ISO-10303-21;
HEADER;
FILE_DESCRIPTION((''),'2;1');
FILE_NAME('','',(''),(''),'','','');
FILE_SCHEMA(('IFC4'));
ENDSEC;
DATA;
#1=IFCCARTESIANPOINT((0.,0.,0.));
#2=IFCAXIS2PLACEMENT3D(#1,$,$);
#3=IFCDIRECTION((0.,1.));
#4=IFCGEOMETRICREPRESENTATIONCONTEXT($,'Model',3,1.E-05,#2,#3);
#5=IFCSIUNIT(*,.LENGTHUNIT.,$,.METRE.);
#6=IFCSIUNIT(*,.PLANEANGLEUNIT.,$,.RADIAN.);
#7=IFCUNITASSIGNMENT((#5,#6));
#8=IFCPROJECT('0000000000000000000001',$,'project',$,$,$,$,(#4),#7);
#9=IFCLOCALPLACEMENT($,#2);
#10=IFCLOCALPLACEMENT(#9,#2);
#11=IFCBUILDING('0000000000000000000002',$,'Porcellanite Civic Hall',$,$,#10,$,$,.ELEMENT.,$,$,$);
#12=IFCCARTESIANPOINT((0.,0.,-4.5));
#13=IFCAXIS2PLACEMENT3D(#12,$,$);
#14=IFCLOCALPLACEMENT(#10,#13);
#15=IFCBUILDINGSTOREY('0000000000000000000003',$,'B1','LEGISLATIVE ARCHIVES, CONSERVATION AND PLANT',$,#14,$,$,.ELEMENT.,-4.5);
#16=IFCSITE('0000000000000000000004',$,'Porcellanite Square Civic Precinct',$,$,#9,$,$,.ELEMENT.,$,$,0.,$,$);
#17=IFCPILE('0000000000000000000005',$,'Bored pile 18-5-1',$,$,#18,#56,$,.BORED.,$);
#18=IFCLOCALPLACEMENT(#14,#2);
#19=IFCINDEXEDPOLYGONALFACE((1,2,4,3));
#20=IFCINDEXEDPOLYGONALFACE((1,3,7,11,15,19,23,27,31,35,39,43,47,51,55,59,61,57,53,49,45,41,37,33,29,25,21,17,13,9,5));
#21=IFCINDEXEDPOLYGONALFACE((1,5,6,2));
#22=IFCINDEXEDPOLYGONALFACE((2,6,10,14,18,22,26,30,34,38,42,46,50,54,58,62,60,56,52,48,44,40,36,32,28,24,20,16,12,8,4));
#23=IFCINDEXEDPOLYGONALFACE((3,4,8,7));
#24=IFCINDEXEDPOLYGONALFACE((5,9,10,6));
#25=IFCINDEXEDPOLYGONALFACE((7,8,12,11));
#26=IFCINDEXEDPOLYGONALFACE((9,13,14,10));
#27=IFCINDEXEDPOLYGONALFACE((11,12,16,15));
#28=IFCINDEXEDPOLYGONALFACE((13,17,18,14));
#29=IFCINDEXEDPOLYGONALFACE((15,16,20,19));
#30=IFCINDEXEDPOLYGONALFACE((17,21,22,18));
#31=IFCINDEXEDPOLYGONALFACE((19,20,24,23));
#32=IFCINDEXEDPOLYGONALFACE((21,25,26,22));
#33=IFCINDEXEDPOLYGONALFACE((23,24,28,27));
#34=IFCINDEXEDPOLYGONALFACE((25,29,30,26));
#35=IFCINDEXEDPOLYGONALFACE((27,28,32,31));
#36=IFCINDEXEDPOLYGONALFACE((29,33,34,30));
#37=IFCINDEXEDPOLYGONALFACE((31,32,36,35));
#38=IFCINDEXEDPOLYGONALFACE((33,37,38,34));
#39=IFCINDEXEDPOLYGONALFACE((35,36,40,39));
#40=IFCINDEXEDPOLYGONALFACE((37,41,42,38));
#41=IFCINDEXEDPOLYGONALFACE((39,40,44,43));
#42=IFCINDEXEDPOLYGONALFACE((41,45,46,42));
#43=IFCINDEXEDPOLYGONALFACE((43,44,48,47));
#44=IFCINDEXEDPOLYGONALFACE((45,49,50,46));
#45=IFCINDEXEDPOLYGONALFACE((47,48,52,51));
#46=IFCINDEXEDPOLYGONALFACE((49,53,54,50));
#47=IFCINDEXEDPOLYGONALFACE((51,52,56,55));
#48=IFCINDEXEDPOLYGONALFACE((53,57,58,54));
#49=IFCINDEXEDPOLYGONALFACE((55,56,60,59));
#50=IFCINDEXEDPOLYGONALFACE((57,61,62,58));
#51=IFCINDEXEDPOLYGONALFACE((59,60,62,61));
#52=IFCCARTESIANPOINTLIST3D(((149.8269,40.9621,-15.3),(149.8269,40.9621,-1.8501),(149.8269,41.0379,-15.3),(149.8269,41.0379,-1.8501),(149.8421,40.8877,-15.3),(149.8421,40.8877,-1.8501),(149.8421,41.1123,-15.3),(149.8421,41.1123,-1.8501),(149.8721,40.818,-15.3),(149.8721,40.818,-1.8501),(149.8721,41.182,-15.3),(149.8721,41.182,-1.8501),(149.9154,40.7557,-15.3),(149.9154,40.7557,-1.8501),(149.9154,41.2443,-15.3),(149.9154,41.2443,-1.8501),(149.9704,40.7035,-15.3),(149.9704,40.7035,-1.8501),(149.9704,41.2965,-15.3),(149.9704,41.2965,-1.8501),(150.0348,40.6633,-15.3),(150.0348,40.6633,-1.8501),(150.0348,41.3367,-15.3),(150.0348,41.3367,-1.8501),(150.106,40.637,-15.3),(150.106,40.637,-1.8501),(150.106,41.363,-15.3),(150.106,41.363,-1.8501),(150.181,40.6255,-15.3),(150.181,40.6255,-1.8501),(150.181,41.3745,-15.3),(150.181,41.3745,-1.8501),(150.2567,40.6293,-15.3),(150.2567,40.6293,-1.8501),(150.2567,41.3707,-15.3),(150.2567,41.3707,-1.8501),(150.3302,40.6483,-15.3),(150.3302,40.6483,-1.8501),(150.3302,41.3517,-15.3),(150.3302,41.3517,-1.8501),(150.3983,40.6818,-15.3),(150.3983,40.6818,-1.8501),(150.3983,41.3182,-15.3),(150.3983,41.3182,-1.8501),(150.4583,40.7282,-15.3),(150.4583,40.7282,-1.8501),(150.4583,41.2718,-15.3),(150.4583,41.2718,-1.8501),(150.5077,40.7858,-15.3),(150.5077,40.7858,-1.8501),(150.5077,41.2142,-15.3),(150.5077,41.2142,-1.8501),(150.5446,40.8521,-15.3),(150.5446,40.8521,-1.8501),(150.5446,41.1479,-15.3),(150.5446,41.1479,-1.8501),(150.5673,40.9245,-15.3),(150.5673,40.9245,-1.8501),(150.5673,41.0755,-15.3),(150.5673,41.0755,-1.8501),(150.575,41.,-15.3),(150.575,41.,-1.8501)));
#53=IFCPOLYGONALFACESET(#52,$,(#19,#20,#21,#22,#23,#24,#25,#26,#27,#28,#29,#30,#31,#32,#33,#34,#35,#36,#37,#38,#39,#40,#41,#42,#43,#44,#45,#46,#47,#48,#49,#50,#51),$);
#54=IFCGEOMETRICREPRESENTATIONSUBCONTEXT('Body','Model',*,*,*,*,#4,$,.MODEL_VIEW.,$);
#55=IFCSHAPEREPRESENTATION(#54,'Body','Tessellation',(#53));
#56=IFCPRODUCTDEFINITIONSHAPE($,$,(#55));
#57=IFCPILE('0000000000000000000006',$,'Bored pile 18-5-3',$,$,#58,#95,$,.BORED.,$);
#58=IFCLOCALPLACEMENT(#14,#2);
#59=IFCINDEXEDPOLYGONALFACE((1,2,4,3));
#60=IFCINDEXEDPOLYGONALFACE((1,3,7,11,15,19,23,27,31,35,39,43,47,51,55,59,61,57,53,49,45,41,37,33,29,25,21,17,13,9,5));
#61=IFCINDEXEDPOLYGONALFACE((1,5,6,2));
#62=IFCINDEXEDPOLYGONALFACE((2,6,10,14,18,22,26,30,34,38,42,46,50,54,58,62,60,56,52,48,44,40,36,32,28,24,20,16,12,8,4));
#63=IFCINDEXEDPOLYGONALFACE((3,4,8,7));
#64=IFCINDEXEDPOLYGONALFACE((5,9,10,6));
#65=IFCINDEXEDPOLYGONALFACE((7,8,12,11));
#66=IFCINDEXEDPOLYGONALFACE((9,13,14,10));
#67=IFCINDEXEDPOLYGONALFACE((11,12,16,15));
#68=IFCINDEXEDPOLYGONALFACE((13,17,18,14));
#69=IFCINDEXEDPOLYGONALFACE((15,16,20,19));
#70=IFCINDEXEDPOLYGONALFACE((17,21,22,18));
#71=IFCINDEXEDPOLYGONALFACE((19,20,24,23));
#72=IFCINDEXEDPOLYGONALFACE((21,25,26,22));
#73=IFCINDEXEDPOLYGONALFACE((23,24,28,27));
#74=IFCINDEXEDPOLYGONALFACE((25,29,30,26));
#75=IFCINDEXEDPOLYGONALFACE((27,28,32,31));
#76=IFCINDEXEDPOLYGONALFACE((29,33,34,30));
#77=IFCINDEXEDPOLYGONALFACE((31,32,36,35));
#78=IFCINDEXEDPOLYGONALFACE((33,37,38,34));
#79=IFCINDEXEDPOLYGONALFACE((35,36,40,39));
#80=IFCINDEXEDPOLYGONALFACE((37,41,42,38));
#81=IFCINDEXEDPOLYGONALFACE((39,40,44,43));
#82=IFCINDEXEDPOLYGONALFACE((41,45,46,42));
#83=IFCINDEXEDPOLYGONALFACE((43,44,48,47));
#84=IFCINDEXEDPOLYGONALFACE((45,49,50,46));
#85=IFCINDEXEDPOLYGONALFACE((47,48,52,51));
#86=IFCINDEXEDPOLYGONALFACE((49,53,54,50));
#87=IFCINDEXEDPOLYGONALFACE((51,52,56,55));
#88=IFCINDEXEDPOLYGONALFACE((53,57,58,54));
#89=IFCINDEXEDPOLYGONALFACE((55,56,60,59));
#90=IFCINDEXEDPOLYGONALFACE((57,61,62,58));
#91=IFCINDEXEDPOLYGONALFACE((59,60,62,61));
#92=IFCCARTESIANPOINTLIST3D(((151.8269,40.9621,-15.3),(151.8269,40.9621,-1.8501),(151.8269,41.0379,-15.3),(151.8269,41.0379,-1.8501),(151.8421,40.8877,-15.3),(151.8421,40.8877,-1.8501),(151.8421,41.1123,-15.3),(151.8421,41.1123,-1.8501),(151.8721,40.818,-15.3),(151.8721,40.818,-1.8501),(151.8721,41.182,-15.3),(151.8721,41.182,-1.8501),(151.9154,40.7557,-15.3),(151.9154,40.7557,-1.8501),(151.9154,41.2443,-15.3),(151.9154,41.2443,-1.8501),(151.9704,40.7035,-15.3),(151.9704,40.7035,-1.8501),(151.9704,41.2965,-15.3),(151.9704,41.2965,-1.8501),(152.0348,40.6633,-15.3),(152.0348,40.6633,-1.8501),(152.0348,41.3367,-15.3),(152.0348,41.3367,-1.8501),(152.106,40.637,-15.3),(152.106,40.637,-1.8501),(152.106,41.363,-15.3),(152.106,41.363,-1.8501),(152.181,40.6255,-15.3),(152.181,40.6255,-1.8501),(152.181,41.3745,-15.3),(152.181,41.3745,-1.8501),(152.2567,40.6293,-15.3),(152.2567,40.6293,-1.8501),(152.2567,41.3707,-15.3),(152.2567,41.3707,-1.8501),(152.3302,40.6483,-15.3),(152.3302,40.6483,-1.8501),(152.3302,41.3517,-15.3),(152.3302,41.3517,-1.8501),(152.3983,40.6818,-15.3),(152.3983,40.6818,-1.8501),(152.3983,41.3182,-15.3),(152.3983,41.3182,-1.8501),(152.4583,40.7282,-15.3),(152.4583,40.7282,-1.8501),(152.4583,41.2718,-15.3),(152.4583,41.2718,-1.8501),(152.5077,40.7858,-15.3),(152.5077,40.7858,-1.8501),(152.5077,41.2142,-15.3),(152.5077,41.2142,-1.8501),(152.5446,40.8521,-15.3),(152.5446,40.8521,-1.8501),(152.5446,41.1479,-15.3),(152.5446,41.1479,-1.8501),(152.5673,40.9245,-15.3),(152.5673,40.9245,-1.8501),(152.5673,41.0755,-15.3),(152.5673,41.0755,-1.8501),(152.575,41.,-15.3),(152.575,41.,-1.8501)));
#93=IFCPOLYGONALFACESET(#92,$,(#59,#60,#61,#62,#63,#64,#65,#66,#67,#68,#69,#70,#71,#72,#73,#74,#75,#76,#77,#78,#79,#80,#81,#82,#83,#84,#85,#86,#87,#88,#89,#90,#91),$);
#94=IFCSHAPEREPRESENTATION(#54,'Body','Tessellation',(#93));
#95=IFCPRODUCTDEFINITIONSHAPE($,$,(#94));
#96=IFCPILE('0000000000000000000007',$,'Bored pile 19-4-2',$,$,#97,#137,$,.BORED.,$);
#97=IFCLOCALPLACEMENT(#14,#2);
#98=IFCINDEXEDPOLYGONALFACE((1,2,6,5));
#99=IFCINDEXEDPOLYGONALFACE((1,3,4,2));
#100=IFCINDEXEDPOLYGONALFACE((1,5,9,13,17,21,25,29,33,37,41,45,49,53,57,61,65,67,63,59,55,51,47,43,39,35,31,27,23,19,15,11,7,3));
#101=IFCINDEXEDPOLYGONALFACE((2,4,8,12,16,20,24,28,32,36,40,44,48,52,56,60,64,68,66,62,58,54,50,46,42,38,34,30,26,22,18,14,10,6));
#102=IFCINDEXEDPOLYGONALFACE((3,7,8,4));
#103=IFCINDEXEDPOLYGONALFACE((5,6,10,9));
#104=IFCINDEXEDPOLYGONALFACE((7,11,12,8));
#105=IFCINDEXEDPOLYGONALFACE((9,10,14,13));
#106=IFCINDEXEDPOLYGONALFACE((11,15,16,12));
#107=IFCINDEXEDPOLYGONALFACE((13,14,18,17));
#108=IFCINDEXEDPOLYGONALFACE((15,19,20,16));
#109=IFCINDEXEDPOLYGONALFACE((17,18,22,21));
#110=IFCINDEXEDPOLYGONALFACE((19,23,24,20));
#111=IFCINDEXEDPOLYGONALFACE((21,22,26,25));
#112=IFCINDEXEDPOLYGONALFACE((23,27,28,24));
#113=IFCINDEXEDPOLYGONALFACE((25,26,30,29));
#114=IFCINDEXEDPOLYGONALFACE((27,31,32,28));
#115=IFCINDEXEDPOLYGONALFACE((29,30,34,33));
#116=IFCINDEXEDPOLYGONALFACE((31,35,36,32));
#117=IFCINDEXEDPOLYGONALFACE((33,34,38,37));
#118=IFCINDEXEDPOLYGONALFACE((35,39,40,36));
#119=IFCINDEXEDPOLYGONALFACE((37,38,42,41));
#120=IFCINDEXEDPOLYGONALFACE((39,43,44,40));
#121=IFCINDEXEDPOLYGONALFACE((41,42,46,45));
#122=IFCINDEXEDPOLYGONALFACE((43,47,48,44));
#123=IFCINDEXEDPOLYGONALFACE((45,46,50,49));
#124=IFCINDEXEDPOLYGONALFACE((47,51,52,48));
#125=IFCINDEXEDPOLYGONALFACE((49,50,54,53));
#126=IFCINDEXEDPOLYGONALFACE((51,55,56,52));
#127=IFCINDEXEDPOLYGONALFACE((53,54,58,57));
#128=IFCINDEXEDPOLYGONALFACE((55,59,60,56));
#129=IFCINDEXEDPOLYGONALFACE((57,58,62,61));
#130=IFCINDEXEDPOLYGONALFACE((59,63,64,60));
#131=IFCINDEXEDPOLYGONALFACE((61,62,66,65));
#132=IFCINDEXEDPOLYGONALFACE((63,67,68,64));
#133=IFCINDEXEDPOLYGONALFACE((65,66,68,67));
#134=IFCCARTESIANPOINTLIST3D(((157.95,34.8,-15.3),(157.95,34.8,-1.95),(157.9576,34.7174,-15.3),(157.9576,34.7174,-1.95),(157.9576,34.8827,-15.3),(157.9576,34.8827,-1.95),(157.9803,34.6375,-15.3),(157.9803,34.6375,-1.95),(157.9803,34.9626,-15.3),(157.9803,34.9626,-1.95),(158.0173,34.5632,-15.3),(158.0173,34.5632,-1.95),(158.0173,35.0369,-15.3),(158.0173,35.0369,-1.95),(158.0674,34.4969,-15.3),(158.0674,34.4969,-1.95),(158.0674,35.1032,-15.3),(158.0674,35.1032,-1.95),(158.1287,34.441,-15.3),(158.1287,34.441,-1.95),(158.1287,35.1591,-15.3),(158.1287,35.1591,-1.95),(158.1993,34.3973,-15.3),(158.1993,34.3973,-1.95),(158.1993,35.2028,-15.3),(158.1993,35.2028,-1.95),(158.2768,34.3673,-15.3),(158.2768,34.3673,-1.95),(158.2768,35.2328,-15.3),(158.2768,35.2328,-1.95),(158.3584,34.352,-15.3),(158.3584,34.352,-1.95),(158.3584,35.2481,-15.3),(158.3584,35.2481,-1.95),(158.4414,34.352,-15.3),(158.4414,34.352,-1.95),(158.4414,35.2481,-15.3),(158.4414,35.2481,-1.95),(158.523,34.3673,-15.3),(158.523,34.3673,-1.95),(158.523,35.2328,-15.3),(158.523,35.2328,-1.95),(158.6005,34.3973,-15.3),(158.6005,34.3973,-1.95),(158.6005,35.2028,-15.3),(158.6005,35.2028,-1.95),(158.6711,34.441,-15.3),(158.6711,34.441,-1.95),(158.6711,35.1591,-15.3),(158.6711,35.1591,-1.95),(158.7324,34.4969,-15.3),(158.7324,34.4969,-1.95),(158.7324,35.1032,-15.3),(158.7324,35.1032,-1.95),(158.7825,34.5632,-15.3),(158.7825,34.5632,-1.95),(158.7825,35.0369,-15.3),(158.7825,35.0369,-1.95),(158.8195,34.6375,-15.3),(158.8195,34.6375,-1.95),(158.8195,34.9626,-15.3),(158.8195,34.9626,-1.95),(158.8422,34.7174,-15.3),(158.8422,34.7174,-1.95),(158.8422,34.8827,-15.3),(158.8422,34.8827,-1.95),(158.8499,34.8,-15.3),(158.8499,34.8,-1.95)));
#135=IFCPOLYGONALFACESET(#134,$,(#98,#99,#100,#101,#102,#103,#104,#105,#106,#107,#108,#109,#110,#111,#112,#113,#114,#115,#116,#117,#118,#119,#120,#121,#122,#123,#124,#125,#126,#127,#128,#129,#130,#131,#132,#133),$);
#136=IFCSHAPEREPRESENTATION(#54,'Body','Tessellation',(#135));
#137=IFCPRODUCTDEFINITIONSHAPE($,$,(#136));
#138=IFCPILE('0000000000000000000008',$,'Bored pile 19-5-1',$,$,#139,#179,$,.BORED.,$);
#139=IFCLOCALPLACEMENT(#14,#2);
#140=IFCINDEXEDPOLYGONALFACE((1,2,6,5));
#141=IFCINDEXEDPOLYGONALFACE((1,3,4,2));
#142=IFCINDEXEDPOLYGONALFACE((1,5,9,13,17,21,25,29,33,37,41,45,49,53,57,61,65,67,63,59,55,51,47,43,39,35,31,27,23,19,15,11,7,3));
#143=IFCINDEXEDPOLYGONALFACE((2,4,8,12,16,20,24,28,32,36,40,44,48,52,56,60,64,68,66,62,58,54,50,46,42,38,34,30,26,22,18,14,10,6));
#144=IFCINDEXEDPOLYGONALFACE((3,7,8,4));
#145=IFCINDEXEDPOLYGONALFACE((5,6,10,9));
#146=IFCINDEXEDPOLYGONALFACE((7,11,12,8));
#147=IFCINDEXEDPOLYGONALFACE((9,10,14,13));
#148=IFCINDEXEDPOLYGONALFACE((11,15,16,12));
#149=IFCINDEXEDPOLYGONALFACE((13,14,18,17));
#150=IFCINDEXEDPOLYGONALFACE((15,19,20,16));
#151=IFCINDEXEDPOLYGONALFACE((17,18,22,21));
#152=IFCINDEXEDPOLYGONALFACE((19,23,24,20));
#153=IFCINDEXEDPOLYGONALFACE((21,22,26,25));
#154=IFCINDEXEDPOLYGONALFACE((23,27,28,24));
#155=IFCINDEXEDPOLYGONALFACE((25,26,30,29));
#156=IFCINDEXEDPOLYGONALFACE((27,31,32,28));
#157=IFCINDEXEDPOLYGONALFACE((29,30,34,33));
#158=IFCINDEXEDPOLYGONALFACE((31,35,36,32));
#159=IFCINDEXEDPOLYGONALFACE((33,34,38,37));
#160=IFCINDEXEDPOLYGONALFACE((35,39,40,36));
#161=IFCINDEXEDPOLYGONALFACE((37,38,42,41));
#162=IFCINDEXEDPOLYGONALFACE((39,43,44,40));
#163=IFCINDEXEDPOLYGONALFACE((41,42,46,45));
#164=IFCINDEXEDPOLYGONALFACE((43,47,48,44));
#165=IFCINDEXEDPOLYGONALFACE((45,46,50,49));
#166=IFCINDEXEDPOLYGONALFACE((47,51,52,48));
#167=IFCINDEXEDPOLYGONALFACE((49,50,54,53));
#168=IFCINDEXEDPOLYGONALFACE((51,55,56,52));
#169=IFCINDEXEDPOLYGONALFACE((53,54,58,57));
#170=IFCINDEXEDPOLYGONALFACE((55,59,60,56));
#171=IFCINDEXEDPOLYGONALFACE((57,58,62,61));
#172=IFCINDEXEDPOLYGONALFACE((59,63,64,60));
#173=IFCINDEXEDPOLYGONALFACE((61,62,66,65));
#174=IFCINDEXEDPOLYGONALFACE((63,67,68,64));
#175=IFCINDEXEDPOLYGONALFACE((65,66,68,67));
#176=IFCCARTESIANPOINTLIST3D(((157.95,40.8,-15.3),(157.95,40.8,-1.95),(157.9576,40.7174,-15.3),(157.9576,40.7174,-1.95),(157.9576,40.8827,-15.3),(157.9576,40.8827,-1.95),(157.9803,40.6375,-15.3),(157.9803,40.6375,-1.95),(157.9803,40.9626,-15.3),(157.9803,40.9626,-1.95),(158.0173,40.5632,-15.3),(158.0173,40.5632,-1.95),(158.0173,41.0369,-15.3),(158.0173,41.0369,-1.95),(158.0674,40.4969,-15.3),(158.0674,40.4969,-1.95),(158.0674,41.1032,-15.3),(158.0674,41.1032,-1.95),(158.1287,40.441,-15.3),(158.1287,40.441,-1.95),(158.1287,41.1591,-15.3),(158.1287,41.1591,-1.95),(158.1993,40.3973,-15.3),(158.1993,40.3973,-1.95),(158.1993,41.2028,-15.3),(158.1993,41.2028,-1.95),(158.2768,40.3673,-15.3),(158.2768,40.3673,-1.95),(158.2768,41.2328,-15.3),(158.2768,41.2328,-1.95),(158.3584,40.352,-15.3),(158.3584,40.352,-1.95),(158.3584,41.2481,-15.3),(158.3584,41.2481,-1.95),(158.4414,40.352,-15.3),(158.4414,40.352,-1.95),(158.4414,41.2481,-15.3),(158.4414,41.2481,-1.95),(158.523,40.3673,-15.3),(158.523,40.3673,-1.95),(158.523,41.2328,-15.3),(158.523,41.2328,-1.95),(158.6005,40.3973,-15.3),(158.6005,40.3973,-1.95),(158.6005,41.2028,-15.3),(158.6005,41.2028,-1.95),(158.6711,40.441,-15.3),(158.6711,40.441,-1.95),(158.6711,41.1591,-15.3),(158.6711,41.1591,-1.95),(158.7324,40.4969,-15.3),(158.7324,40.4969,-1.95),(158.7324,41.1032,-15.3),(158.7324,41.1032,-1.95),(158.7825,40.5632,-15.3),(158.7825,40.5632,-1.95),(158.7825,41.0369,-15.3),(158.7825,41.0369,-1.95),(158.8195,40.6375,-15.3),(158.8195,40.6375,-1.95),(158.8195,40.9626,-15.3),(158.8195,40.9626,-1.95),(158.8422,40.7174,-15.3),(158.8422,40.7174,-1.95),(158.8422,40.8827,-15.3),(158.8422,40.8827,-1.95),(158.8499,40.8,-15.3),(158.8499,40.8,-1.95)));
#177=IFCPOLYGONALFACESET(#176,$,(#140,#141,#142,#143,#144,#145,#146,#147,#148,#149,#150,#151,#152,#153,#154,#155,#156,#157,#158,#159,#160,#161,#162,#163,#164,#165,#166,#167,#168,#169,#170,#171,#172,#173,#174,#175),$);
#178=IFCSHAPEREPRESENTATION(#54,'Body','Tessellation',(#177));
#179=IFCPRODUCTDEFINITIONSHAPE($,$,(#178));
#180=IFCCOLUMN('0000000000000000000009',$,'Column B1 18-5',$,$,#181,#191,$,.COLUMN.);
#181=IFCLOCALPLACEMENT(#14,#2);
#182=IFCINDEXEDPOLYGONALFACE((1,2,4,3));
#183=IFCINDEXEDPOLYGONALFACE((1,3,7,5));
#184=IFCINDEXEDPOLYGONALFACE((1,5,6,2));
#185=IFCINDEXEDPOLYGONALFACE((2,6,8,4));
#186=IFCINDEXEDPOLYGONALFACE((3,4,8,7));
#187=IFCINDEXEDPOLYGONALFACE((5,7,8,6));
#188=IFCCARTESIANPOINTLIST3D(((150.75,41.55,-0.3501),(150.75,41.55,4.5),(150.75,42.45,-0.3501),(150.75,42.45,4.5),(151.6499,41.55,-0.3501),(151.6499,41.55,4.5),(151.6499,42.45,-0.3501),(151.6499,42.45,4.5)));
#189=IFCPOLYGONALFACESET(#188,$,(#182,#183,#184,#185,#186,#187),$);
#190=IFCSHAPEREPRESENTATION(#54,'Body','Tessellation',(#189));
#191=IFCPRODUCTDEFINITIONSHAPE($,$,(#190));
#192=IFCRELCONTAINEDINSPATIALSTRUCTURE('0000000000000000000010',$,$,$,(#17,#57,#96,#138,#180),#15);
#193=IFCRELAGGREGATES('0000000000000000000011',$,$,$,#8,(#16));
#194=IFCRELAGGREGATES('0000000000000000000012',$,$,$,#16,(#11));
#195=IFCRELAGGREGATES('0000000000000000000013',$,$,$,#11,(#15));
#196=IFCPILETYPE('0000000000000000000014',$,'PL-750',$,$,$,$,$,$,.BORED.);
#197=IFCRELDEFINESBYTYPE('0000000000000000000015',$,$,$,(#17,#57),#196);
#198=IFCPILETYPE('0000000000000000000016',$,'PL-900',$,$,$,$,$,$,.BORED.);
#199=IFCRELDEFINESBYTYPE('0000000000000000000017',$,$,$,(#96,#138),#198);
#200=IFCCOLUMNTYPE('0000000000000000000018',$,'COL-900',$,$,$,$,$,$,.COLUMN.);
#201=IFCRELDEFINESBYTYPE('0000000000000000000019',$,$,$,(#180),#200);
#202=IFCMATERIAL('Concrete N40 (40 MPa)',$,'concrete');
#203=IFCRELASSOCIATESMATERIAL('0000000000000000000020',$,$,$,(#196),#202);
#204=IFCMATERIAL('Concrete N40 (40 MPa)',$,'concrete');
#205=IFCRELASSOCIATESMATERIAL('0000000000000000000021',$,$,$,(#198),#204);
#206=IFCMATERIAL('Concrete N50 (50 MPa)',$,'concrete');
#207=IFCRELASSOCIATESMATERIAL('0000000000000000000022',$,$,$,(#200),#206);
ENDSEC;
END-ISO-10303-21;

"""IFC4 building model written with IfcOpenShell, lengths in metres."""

from ifc_helpers import new_model, si_unit, direction, frame, origin, origin_2d, place, context, subcontext, project, spatial, rectangle, circle, extrude, material, material_profile, profile_set, type_object, element, save


model = new_model("IFC4")

# Units and contexts
model_context = context("Model", 3, precision=1e-05, world=origin(), true_north=direction((0.0, 1.0)))
body_context = subcontext(model_context, "Body", "Model", "MODEL_VIEW")
ifc_project = project(units=[si_unit("LENGTHUNIT", "METRE"), si_unit("PLANEANGLEUNIT", "RADIAN")], contexts=[model_context])

# Site, building, storey
site_placement = place(None, origin())
site = spatial("IfcSite", under=ifc_project, at=site_placement, Name="Porcellanite Square Civic Precinct", CompositionType="ELEMENT", RefElevation=0.0)
building_placement = place(site_placement, origin())
building = spatial("IfcBuilding", under=site, at=building_placement, Name="Porcellanite Civic Hall", CompositionType="ELEMENT")
storey_placement = place(building_placement, frame((0.0, 0.0, -4.5)))
storey = spatial("IfcBuildingStorey", under=building, at=storey_placement, Name="B1", Description="LEGISLATIVE ARCHIVES, CONSERVATION AND PLANT", CompositionType="ELEMENT", Elevation=-4.5)

# Piles
ifc_material_1 = material(Name="Concrete N40 (40 MPa)", Category="concrete")
ifc_material_profile_1 = material_profile(ifc_material_1, circle(Radius=0.375, at=origin_2d()), Name="PILE-D750")
ifc_profile_set_1 = profile_set([ifc_material_profile_1], Name="Concrete N40 (40 MPa)")
pile_type_1 = type_object("IfcPileType", Name="PL-750", PredefinedType="BORED", material=ifc_profile_set_1)
for number, where, z_axis, x_axis, name in (
    (1, (150.2, 41.0, -1.8501), (0.0, 0.0, -1.0), (1.0, 0.0, 0.0), "Bored pile 18-5-1"),
    (2, (152.2, 41.0, -1.8501), (0.0, 0.0, -1.0), (1.0, 0.0, 0.0), "Bored pile 18-5-3"),
):
    element("IfcPile", number, at=place(storey_placement, frame(where, z_axis=z_axis, x_axis=x_axis)), inside=storey, type_object=pile_type_1, Name=name, PredefinedType="BORED", context=body_context, shape_type="SweptSolid", body=[
        extrude(circle(Radius=0.375, at=origin_2d()), origin(), (0.0, 0.0, 1.0), 13.45),
    ])
ifc_material_2 = material(Name="Concrete N40 (40 MPa)", Category="concrete")
ifc_material_profile_2 = material_profile(ifc_material_2, circle(Radius=0.45, at=origin_2d()), Name="PILE-D900")
ifc_profile_set_2 = profile_set([ifc_material_profile_2], Name="Concrete N40 (40 MPa)")
pile_type_2 = type_object("IfcPileType", Name="PL-900", PredefinedType="BORED", material=ifc_profile_set_2)
for number, where, z_axis, x_axis, name in (
    (3, (158.3999, 34.8, -1.95), (0.0, 0.0, -1.0), (1.0, 0.0, 0.0), "Bored pile 19-4-2"),
    (4, (158.3999, 40.8, -1.95), (0.0, 0.0, -1.0), (1.0, 0.0, 0.0), "Bored pile 19-5-1"),
):
    element("IfcPile", number, at=place(storey_placement, frame(where, z_axis=z_axis, x_axis=x_axis)), inside=storey, type_object=pile_type_2, Name=name, PredefinedType="BORED", context=body_context, shape_type="SweptSolid", body=[
        extrude(circle(Radius=0.45, at=origin_2d()), origin(), (0.0, 0.0, 1.0), 13.3501),
    ])

# Column
ifc_material_3 = material(Name="Concrete N50 (50 MPa)", Category="concrete")
ifc_material_profile_3 = material_profile(ifc_material_3, rectangle(XDim=0.8999, YDim=0.8999, at=origin_2d()), Name="RC-900x900")
ifc_profile_set_3 = profile_set([ifc_material_profile_3], Name="Concrete N50 (50 MPa)")
column_type = type_object("IfcColumnType", Name="COL-900", PredefinedType="COLUMN", material=ifc_profile_set_3)
column_placement = place(storey_placement, frame((151.2, 42.0, -0.3501), z_axis=(0.0, 0.0, 1.0), x_axis=(1.0, 0.0, 0.0)))
element("IfcColumn", 5, at=column_placement, inside=storey, type_object=column_type, Name="Column B1 18-5", PredefinedType="COLUMN", context=body_context, shape_type="SweptSolid", body=[
    extrude(rectangle(XDim=0.8999, YDim=0.8999, at=origin_2d()), origin(), (0.0, 0.0, 1.0), 4.8501),
])

save(model, "model.ifc")
